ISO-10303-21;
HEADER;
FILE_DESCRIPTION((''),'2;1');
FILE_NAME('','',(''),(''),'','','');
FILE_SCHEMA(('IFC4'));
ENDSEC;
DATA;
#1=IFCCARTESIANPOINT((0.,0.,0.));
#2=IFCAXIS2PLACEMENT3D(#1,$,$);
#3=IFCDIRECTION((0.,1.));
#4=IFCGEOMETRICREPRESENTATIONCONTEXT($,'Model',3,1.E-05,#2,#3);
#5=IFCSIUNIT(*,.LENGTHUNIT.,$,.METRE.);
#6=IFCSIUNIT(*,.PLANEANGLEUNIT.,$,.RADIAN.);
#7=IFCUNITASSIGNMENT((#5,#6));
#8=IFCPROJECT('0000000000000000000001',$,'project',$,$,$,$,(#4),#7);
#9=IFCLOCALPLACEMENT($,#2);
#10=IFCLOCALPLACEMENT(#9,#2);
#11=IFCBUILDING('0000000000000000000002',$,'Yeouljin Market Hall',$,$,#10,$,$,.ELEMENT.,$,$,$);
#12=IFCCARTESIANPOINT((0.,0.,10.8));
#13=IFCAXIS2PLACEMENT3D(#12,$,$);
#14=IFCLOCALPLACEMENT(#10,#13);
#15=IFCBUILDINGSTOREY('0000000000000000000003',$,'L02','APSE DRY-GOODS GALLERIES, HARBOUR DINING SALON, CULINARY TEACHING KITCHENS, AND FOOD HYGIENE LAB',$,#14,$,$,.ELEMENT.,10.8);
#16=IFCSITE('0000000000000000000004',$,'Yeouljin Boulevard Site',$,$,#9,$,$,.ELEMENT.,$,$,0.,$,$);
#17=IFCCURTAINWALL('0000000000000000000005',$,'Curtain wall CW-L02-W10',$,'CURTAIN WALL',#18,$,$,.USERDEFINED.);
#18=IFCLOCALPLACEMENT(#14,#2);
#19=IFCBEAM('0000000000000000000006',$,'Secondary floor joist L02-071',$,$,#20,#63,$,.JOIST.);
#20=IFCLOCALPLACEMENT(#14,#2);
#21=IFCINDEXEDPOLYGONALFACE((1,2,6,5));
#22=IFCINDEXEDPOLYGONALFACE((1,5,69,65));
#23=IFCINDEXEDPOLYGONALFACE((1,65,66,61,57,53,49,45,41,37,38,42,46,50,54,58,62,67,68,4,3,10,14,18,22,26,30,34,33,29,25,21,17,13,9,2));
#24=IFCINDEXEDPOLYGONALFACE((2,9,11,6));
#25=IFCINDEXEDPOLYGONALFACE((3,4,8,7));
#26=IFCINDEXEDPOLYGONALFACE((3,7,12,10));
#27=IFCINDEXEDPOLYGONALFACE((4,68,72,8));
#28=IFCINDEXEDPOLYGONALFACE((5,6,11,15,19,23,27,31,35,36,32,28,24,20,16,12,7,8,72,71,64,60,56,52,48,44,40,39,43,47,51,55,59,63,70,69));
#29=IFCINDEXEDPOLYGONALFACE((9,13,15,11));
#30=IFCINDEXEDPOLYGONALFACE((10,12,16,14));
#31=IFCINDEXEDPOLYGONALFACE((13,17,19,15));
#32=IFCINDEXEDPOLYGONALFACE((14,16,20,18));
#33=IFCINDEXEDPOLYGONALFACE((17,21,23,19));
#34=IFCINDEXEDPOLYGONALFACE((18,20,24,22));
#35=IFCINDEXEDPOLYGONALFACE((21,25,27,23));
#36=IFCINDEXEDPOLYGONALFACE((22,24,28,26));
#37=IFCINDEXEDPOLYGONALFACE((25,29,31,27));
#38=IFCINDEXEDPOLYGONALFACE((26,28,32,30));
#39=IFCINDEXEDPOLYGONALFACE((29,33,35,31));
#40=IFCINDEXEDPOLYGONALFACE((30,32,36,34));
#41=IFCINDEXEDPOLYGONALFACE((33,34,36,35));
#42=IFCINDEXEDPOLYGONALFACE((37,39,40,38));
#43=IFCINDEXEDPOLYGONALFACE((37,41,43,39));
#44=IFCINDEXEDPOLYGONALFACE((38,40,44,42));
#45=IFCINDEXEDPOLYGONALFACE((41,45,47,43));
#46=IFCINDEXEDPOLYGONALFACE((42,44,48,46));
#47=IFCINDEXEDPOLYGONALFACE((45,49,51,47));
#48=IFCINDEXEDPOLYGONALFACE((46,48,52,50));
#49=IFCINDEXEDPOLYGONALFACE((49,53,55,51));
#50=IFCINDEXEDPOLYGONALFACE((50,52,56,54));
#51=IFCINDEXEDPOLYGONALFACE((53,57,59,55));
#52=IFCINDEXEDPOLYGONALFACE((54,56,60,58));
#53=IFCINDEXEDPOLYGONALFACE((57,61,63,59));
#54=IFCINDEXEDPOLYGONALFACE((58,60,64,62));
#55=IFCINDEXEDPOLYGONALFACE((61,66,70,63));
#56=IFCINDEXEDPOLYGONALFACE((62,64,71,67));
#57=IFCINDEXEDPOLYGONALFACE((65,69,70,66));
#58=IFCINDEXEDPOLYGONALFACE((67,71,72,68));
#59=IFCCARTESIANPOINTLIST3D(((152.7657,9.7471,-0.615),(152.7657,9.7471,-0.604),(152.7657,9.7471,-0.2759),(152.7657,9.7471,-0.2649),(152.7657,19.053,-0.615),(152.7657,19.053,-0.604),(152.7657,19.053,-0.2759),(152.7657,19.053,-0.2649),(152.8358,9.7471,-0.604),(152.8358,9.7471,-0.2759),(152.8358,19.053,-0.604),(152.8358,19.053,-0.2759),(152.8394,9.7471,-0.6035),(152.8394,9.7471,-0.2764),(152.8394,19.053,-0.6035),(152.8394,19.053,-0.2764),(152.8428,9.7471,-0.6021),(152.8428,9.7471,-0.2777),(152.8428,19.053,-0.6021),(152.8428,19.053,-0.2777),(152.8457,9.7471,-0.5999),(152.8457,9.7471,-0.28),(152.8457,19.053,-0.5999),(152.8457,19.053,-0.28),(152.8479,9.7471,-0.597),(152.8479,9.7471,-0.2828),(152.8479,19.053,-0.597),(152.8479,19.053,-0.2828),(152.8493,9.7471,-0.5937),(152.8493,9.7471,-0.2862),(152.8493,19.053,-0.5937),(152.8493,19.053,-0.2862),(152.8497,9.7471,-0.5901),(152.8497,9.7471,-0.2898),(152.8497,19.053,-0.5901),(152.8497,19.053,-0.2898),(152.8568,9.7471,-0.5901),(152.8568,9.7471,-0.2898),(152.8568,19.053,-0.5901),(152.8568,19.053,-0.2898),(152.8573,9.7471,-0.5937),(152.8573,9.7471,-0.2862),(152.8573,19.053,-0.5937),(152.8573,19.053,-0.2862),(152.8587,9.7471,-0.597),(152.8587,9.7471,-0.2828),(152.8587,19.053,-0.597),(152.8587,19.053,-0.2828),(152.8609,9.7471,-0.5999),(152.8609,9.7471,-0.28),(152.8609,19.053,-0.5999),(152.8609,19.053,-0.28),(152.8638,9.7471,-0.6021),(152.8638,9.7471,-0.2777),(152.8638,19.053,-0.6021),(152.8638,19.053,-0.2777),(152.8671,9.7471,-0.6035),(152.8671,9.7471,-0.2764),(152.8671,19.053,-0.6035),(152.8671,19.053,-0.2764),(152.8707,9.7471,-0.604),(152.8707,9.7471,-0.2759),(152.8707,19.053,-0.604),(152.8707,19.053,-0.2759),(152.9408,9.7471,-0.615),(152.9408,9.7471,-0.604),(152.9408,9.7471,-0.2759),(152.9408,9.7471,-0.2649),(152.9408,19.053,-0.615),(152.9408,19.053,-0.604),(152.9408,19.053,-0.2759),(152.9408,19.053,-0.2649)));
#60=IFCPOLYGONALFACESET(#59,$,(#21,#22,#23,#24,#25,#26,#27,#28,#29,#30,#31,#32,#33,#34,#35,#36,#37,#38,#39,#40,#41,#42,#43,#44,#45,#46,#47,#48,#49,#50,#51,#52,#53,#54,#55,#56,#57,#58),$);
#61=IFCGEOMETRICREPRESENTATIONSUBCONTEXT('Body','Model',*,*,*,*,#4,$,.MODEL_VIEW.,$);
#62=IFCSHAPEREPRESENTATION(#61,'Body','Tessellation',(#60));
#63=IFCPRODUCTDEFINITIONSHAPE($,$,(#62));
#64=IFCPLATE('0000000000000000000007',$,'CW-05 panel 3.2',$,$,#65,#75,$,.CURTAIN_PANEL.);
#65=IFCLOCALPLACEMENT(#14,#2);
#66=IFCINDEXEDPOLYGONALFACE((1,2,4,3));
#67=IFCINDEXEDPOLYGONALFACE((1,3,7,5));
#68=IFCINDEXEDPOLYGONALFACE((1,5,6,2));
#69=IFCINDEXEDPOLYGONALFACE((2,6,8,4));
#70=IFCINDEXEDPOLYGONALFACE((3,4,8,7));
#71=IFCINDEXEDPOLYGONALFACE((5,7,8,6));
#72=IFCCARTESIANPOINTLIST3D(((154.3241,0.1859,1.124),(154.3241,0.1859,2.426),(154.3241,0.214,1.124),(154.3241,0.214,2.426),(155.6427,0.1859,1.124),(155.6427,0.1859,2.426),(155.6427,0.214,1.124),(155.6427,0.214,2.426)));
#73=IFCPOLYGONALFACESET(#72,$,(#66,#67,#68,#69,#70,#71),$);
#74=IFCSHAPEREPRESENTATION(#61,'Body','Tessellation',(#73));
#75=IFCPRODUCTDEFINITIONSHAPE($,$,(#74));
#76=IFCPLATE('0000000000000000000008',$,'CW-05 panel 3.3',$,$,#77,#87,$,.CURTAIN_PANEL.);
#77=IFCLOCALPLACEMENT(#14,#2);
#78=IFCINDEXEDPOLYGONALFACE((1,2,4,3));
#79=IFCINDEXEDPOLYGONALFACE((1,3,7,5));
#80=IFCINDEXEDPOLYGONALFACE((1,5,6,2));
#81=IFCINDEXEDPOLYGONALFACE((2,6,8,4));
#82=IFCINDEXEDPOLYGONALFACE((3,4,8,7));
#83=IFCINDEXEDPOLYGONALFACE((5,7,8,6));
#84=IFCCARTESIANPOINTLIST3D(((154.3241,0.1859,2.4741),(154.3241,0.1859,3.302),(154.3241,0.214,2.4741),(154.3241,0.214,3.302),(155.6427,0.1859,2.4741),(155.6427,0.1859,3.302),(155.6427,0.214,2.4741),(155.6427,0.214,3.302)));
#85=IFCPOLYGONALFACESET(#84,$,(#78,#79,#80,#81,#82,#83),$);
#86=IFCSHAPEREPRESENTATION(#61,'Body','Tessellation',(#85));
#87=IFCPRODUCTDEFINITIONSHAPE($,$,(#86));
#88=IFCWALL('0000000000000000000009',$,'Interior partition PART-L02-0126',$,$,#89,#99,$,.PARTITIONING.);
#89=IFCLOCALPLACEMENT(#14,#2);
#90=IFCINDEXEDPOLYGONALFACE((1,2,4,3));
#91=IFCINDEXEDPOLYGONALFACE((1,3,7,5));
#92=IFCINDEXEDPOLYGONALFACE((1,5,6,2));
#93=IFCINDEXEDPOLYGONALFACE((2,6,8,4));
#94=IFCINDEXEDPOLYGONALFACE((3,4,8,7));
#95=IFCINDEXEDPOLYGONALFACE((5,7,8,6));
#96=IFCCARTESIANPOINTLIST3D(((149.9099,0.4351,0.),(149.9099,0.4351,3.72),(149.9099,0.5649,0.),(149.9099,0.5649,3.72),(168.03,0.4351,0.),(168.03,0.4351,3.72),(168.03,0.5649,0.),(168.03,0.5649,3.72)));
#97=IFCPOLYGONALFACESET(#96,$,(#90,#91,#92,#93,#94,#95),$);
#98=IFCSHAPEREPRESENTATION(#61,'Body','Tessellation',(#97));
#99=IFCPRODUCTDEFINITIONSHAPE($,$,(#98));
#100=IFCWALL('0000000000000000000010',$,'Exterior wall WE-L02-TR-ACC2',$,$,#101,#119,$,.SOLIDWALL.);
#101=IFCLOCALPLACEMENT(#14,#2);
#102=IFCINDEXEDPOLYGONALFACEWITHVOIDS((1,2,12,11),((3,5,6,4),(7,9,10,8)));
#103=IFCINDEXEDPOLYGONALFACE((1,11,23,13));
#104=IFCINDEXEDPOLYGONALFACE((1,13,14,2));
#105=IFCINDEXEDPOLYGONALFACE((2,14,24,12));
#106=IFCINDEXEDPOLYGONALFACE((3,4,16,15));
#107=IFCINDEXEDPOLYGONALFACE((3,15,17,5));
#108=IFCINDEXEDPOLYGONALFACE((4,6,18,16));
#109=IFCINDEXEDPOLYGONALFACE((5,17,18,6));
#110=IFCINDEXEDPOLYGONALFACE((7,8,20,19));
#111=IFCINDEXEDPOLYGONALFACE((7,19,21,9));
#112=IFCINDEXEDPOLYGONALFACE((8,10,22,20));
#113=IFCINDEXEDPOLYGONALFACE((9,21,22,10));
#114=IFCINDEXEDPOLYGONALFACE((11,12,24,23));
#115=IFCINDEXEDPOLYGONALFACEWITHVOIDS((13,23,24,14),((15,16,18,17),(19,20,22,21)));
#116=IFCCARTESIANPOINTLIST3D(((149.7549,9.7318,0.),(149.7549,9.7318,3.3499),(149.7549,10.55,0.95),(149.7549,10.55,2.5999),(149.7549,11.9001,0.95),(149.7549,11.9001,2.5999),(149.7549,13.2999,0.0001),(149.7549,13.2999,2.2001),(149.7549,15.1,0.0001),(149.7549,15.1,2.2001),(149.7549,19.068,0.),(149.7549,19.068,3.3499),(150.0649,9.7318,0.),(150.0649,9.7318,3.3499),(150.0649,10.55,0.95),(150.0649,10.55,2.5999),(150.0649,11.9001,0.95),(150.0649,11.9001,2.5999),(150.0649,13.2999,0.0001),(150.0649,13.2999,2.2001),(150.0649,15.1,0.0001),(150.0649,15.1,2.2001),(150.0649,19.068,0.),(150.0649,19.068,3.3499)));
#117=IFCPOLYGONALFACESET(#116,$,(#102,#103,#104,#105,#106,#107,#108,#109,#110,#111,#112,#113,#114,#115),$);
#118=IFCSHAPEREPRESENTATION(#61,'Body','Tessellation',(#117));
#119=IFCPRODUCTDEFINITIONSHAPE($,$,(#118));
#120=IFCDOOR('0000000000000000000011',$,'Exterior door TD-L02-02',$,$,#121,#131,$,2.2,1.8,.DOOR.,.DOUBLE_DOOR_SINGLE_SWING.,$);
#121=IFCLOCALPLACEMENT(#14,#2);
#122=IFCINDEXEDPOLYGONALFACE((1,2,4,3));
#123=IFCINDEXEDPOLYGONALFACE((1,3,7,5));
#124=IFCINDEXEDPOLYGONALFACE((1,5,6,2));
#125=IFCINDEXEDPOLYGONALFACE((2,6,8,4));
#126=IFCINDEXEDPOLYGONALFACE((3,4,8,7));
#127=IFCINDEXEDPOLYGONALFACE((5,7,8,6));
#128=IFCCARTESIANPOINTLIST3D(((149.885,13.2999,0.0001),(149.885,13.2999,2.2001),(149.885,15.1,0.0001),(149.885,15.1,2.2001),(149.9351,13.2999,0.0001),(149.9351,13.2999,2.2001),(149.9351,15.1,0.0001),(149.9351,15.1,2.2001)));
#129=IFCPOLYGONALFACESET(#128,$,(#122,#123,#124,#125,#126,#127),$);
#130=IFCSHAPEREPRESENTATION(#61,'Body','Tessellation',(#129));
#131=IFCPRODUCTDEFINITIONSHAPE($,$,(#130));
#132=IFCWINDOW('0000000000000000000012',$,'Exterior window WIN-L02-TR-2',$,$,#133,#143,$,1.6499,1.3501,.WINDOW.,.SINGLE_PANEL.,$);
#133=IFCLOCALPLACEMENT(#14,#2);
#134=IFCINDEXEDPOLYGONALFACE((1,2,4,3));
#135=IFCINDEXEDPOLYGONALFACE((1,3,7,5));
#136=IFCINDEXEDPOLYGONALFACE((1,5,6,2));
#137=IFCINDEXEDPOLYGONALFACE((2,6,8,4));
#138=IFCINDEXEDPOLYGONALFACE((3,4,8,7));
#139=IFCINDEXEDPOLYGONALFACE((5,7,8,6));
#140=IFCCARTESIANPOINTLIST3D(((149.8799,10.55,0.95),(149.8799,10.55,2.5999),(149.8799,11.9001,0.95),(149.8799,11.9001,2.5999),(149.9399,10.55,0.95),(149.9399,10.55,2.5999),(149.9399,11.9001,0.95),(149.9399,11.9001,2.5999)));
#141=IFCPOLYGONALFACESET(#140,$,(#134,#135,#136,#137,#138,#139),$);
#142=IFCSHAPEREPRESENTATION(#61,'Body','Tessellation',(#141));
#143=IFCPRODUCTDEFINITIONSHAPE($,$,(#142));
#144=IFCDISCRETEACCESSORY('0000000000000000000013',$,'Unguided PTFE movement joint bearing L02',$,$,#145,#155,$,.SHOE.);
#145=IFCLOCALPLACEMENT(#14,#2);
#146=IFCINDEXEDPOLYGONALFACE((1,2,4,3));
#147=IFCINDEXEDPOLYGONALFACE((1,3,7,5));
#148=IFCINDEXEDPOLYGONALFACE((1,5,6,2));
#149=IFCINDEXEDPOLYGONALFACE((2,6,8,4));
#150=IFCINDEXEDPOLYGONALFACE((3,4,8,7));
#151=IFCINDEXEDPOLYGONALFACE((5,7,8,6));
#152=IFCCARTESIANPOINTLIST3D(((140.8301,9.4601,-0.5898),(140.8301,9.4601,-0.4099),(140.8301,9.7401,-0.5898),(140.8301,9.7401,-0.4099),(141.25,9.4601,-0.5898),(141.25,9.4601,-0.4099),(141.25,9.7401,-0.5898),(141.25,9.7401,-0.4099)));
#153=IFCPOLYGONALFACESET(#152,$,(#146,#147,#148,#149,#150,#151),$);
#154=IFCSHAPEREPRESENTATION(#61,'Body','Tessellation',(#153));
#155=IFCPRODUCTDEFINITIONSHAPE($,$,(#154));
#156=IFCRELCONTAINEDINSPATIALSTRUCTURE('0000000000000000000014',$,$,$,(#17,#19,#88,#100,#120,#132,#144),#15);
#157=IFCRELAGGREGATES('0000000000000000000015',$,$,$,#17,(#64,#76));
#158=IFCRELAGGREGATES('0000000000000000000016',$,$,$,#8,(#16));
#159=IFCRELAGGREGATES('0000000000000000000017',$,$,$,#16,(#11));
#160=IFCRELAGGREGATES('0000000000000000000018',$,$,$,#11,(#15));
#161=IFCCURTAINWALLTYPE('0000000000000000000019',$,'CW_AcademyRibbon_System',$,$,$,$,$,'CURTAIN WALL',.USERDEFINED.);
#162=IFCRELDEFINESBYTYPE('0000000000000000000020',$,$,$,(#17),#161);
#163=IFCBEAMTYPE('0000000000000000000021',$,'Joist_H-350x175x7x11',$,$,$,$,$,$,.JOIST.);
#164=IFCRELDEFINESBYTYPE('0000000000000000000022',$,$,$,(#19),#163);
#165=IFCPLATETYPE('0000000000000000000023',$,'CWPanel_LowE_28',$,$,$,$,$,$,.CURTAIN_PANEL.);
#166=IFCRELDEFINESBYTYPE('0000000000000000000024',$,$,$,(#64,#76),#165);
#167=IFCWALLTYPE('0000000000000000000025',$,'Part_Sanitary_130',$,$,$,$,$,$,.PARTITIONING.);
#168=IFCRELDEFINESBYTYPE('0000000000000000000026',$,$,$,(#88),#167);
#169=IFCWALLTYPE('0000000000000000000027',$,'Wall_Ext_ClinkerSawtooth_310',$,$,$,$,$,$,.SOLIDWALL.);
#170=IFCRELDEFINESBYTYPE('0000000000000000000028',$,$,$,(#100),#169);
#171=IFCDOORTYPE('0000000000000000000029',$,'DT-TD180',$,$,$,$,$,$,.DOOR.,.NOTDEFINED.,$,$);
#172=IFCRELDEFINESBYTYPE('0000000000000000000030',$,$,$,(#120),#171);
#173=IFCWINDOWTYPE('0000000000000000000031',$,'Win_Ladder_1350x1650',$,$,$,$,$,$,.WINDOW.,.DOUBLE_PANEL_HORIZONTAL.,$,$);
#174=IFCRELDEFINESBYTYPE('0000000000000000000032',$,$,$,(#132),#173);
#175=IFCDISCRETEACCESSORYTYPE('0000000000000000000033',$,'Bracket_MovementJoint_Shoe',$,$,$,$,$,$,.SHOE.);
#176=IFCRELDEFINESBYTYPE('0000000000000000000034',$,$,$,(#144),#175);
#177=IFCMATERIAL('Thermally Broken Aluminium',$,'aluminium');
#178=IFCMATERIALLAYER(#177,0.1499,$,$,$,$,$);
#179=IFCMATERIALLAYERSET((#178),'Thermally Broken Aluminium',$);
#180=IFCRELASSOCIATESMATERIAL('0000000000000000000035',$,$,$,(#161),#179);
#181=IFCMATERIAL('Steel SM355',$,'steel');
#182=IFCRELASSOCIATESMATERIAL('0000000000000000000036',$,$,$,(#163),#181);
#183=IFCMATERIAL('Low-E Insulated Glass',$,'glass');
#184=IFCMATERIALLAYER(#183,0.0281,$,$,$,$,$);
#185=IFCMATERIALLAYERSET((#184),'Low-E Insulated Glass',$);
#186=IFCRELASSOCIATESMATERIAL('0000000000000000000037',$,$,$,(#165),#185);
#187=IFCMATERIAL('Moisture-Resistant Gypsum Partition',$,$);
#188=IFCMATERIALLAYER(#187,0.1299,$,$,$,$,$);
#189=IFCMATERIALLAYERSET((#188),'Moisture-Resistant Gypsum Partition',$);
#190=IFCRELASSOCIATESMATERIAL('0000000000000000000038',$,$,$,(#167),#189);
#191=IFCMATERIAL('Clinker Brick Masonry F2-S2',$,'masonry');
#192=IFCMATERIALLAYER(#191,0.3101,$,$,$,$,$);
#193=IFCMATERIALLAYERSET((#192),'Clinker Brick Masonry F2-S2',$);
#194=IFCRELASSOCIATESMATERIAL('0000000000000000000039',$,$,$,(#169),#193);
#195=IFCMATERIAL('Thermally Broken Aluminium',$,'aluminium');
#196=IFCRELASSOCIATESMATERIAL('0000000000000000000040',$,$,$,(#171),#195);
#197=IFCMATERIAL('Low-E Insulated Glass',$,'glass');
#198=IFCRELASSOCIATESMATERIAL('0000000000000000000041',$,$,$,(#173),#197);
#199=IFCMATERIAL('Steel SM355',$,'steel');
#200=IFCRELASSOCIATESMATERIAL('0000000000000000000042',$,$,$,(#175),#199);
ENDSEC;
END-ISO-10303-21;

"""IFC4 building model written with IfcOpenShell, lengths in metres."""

from ifc_helpers import new_model, si_unit, direction, frame, frame_2d, origin, origin_2d, place, context, subcontext, project, spatial, rectangle, i_section, extrude, material, layer, layer_set, material_profile, profile_set, type_object, element, fill, aggregate, save


model = new_model("IFC4")

# Units and contexts
model_context = context("Model", 3, precision=1e-05, world=origin(), true_north=direction((0.0, 1.0)))
body_context = subcontext(model_context, "Body", "Model", "MODEL_VIEW")
ifc_project = project(units=[si_unit("LENGTHUNIT", "METRE"), si_unit("PLANEANGLEUNIT", "RADIAN")], contexts=[model_context])

# Site, building, storey
site_placement = place(None, origin())
site = spatial("IfcSite", under=ifc_project, at=site_placement, Name="Yeouljin Boulevard Site", CompositionType="ELEMENT", RefElevation=0.0)
building_placement = place(site_placement, origin())
building = spatial("IfcBuilding", under=site, at=building_placement, Name="Yeouljin Market Hall", CompositionType="ELEMENT")
storey_placement = place(building_placement, frame((0.0, 0.0, 10.8)))
storey = spatial("IfcBuildingStorey", under=building, at=storey_placement, Name="L02", Description="APSE DRY-GOODS GALLERIES, HARBOUR DINING SALON, CULINARY TEACHING KITCHENS, AND FOOD HYGIENE LAB", CompositionType="ELEMENT", Elevation=10.8)

# Curtain wall
ifc_material_1 = material(Name="Thermally Broken Aluminium", Category="aluminium")
ifc_layer_1 = layer(ifc_material_1, 0.1499)
ifc_layer_set_1 = layer_set([ifc_layer_1], Name="Thermally Broken Aluminium")
curtain_wall_type = type_object("IfcCurtainWallType", Name="CW_AcademyRibbon_System", ElementType="CURTAIN WALL", PredefinedType="USERDEFINED", material=ifc_layer_set_1)
curtain_wall_placement = place(storey_placement, origin())
curtain_wall = element("IfcCurtainWall", 1, at=curtain_wall_placement, inside=storey, type_object=curtain_wall_type, Name="Curtain wall CW-L02-W10", ObjectType="CURTAIN WALL", PredefinedType="USERDEFINED")

# Beam
ifc_material_2 = material(Name="Steel SM355", Category="steel")
ifc_material_profile_1 = material_profile(ifc_material_2, i_section(OverallWidth=0.175, OverallDepth=0.3501, WebThickness=0.0071, FlangeThickness=0.011, FilletRadius=0.0139, at=origin_2d()), Name="H-350x175x7x11")
ifc_profile_set_1 = profile_set([ifc_material_profile_1], Name="Steel SM355")
beam_type_1 = type_object("IfcBeamType", Name="Joist_H-350x175x7x11", PredefinedType="JOIST", material=ifc_profile_set_1)
for number, where, z_axis, x_axis, name in (
    (2, (152.8533, 9.7471, -0.4399), (0.0, 1.0, 0.0), (-1.0, 0.0, 0.0), "Secondary floor joist L02-071"),
):
    element("IfcBeam", number, at=place(storey_placement, frame(where, z_axis=z_axis, x_axis=x_axis)), inside=storey, type_object=beam_type_1, Name=name, PredefinedType="JOIST", context=body_context, shape_type="SweptSolid", body=[
        extrude(i_section(OverallWidth=0.175, OverallDepth=0.3501, WebThickness=0.0071, FlangeThickness=0.011, FilletRadius=0.0139, at=origin_2d()), origin(), (0.0, 0.0, 1.0), 9.3059),
    ])

# Plates
ifc_material_3 = material(Name="Low-E Insulated Glass", Category="glass")
ifc_layer_2 = layer(ifc_material_3, 0.0281)
ifc_layer_set_2 = layer_set([ifc_layer_2], Name="Low-E Insulated Glass")
plate_type = type_object("IfcPlateType", Name="CWPanel_LowE_28", PredefinedType="CURTAIN_PANEL", material=ifc_layer_set_2)
plate_1_placement = place(storey_placement, frame((154.9834, 0.2, 1.124), z_axis=(0.0, 0.0, 1.0), x_axis=(-1.0, 0.0, 0.0)))
plate_1 = element("IfcPlate", 3, at=plate_1_placement, type_object=plate_type, Name="CW-05 panel 3.2", PredefinedType="CURTAIN_PANEL", context=body_context, shape_type="SweptSolid", body=[
    extrude(rectangle(XDim=1.3186, YDim=0.0281, at=origin_2d()), origin(), (0.0, 0.0, 1.0), 1.302),
])
plate_2_placement = place(storey_placement, frame((154.9834, 0.2, 2.4741), z_axis=(0.0, 0.0, 1.0), x_axis=(-1.0, 0.0, 0.0)))
plate_2 = element("IfcPlate", 4, at=plate_2_placement, type_object=plate_type, Name="CW-05 panel 3.3", PredefinedType="CURTAIN_PANEL", context=body_context, shape_type="SweptSolid", body=[
    extrude(rectangle(XDim=1.3186, YDim=0.0281, at=origin_2d()), origin(), (0.0, 0.0, 1.0), 0.8279),
])
aggregate(curtain_wall, [plate_1, plate_2])

# Wall
ifc_material_4 = material(Name="Moisture-Resistant Gypsum Partition")
ifc_layer_3 = layer(ifc_material_4, 0.1299)
ifc_layer_set_3 = layer_set([ifc_layer_3], Name="Moisture-Resistant Gypsum Partition")
wall_type_1 = type_object("IfcWallType", Name="Part_Sanitary_130", PredefinedType="PARTITIONING", material=ifc_layer_set_3)
wall_1_placement = place(storey_placement, frame((149.9099, 0.5, 0.0), z_axis=(0.0, 0.0, 1.0), x_axis=(1.0, 0.0, 0.0)))
element("IfcWall", 5, at=wall_1_placement, inside=storey, type_object=wall_type_1, Name="Interior partition PART-L02-0126", PredefinedType="PARTITIONING", context=body_context, shape_type="SweptSolid", body=[
    extrude(rectangle(XDim=18.1201, YDim=0.1299, at=frame_2d((9.0601, 0.0))), origin(), (0.0, 0.0, 1.0), 3.72),
])

# Wall, openings, door, window
ifc_material_5 = material(Name="Clinker Brick Masonry F2-S2", Category="masonry")
ifc_layer_4 = layer(ifc_material_5, 0.3101)
ifc_layer_set_4 = layer_set([ifc_layer_4], Name="Clinker Brick Masonry F2-S2")
wall_type_2 = type_object("IfcWallType", Name="Wall_Ext_ClinkerSawtooth_310", PredefinedType="SOLIDWALL", material=ifc_layer_set_4)
wall_2_placement = place(storey_placement, frame((149.9099, 9.7319, 0.0), z_axis=(0.0, 0.0, 1.0), x_axis=(0.0, 1.0, 0.0)))
wall_2 = element("IfcWall", 6, at=wall_2_placement, inside=storey, type_object=wall_type_2, Name="Exterior wall WE-L02-TR-ACC2", PredefinedType="SOLIDWALL", context=body_context, shape_type="SweptSolid", body=[
    extrude(rectangle(XDim=9.3362, YDim=0.3101, at=frame_2d((4.668, 0.0))), origin(), (0.0, 0.0, 1.0), 3.3499),
])
opening_1_placement = place(wall_2_placement, frame((3.5681, 0.0, 0.0)))
opening_1 = element("IfcOpeningElement", 7, at=opening_1_placement, cuts=wall_2, PredefinedType="OPENING", context=body_context, shape_type="SweptSolid", body=[
    extrude(rectangle(XDim=1.8, YDim=2.2, at=frame_2d((0.8999, 1.1001))), frame((0.0, 0.165, 0.0), z_axis=(0.0, -1.0, 0.0), x_axis=(1.0, 0.0, 0.0)), (0.0, 0.0, 1.0), 0.3301),
])
opening_2_placement = place(wall_2_placement, frame((0.8181, 0.0, 0.95)))
opening_2 = element("IfcOpeningElement", 8, at=opening_2_placement, cuts=wall_2, PredefinedType="OPENING", context=body_context, shape_type="SweptSolid", body=[
    extrude(rectangle(XDim=1.3501, YDim=1.6499, at=frame_2d((0.675, 0.825))), frame((0.0, 0.165, 0.0), z_axis=(0.0, -1.0, 0.0), x_axis=(1.0, 0.0, 0.0)), (0.0, 0.0, 1.0), 0.3301),
])
ifc_material_6 = material(Name="Thermally Broken Aluminium", Category="aluminium")
door_type = type_object("IfcDoorType", Name="DT-TD180", OperationType="NOTDEFINED", PredefinedType="DOOR", material=ifc_material_6)
door_placement = place(opening_1_placement, origin())
door = element("IfcDoor", 9, at=door_placement, inside=storey, type_object=door_type, Name="Exterior door TD-L02-02", OperationType="DOUBLE_DOOR_SINGLE_SWING", OverallHeight=2.2, OverallWidth=1.8, PredefinedType="DOOR", context=body_context, shape_type="SweptSolid", body=[
    extrude(rectangle(XDim=1.8, YDim=2.2, at=frame_2d((0.8999, 1.1001))), frame((0.0, 0.0249, 0.0), z_axis=(0.0, -1.0, 0.0), x_axis=(1.0, 0.0, 0.0)), (0.0, 0.0, 1.0), 0.05),
])
fill(opening_1, door)
ifc_material_7 = material(Name="Low-E Insulated Glass", Category="glass")
window_type = type_object("IfcWindowType", Name="Win_Ladder_1350x1650", PartitioningType="DOUBLE_PANEL_HORIZONTAL", PredefinedType="WINDOW", material=ifc_material_7)
window_placement = place(opening_2_placement, origin())
window = element("IfcWindow", 10, at=window_placement, inside=storey, type_object=window_type, Name="Exterior window WIN-L02-TR-2", OverallHeight=1.6499, OverallWidth=1.3501, PartitioningType="SINGLE_PANEL", PredefinedType="WINDOW", context=body_context, shape_type="SweptSolid", body=[
    extrude(rectangle(XDim=1.3501, YDim=1.6499, at=frame_2d((0.675, 0.825))), frame((0.0, 0.03, 0.0), z_axis=(0.0, -1.0, 0.0), x_axis=(1.0, 0.0, 0.0)), (0.0, 0.0, 1.0), 0.0601),
])
fill(opening_2, window)

# Discrete accessory
ifc_material_8 = material(Name="Steel SM355", Category="steel")
discrete_accessory_type = type_object("IfcDiscreteAccessoryType", Name="Bracket_MovementJoint_Shoe", PredefinedType="SHOE", material=ifc_material_8)
discrete_accessory_placement = place(storey_placement, frame((141.04, 9.6001, -0.5898), z_axis=(0.0, 0.0, 1.0), x_axis=(1.0, 0.0, 0.0)))
element("IfcDiscreteAccessory", 11, at=discrete_accessory_placement, inside=storey, type_object=discrete_accessory_type, Name="Unguided PTFE movement joint bearing L02", PredefinedType="SHOE", context=body_context, shape_type="SweptSolid", body=[
    extrude(rectangle(XDim=0.4199, YDim=0.28, at=origin_2d()), origin(), (0.0, 0.0, 1.0), 0.1799),
])

save(model, "model.ifc")
